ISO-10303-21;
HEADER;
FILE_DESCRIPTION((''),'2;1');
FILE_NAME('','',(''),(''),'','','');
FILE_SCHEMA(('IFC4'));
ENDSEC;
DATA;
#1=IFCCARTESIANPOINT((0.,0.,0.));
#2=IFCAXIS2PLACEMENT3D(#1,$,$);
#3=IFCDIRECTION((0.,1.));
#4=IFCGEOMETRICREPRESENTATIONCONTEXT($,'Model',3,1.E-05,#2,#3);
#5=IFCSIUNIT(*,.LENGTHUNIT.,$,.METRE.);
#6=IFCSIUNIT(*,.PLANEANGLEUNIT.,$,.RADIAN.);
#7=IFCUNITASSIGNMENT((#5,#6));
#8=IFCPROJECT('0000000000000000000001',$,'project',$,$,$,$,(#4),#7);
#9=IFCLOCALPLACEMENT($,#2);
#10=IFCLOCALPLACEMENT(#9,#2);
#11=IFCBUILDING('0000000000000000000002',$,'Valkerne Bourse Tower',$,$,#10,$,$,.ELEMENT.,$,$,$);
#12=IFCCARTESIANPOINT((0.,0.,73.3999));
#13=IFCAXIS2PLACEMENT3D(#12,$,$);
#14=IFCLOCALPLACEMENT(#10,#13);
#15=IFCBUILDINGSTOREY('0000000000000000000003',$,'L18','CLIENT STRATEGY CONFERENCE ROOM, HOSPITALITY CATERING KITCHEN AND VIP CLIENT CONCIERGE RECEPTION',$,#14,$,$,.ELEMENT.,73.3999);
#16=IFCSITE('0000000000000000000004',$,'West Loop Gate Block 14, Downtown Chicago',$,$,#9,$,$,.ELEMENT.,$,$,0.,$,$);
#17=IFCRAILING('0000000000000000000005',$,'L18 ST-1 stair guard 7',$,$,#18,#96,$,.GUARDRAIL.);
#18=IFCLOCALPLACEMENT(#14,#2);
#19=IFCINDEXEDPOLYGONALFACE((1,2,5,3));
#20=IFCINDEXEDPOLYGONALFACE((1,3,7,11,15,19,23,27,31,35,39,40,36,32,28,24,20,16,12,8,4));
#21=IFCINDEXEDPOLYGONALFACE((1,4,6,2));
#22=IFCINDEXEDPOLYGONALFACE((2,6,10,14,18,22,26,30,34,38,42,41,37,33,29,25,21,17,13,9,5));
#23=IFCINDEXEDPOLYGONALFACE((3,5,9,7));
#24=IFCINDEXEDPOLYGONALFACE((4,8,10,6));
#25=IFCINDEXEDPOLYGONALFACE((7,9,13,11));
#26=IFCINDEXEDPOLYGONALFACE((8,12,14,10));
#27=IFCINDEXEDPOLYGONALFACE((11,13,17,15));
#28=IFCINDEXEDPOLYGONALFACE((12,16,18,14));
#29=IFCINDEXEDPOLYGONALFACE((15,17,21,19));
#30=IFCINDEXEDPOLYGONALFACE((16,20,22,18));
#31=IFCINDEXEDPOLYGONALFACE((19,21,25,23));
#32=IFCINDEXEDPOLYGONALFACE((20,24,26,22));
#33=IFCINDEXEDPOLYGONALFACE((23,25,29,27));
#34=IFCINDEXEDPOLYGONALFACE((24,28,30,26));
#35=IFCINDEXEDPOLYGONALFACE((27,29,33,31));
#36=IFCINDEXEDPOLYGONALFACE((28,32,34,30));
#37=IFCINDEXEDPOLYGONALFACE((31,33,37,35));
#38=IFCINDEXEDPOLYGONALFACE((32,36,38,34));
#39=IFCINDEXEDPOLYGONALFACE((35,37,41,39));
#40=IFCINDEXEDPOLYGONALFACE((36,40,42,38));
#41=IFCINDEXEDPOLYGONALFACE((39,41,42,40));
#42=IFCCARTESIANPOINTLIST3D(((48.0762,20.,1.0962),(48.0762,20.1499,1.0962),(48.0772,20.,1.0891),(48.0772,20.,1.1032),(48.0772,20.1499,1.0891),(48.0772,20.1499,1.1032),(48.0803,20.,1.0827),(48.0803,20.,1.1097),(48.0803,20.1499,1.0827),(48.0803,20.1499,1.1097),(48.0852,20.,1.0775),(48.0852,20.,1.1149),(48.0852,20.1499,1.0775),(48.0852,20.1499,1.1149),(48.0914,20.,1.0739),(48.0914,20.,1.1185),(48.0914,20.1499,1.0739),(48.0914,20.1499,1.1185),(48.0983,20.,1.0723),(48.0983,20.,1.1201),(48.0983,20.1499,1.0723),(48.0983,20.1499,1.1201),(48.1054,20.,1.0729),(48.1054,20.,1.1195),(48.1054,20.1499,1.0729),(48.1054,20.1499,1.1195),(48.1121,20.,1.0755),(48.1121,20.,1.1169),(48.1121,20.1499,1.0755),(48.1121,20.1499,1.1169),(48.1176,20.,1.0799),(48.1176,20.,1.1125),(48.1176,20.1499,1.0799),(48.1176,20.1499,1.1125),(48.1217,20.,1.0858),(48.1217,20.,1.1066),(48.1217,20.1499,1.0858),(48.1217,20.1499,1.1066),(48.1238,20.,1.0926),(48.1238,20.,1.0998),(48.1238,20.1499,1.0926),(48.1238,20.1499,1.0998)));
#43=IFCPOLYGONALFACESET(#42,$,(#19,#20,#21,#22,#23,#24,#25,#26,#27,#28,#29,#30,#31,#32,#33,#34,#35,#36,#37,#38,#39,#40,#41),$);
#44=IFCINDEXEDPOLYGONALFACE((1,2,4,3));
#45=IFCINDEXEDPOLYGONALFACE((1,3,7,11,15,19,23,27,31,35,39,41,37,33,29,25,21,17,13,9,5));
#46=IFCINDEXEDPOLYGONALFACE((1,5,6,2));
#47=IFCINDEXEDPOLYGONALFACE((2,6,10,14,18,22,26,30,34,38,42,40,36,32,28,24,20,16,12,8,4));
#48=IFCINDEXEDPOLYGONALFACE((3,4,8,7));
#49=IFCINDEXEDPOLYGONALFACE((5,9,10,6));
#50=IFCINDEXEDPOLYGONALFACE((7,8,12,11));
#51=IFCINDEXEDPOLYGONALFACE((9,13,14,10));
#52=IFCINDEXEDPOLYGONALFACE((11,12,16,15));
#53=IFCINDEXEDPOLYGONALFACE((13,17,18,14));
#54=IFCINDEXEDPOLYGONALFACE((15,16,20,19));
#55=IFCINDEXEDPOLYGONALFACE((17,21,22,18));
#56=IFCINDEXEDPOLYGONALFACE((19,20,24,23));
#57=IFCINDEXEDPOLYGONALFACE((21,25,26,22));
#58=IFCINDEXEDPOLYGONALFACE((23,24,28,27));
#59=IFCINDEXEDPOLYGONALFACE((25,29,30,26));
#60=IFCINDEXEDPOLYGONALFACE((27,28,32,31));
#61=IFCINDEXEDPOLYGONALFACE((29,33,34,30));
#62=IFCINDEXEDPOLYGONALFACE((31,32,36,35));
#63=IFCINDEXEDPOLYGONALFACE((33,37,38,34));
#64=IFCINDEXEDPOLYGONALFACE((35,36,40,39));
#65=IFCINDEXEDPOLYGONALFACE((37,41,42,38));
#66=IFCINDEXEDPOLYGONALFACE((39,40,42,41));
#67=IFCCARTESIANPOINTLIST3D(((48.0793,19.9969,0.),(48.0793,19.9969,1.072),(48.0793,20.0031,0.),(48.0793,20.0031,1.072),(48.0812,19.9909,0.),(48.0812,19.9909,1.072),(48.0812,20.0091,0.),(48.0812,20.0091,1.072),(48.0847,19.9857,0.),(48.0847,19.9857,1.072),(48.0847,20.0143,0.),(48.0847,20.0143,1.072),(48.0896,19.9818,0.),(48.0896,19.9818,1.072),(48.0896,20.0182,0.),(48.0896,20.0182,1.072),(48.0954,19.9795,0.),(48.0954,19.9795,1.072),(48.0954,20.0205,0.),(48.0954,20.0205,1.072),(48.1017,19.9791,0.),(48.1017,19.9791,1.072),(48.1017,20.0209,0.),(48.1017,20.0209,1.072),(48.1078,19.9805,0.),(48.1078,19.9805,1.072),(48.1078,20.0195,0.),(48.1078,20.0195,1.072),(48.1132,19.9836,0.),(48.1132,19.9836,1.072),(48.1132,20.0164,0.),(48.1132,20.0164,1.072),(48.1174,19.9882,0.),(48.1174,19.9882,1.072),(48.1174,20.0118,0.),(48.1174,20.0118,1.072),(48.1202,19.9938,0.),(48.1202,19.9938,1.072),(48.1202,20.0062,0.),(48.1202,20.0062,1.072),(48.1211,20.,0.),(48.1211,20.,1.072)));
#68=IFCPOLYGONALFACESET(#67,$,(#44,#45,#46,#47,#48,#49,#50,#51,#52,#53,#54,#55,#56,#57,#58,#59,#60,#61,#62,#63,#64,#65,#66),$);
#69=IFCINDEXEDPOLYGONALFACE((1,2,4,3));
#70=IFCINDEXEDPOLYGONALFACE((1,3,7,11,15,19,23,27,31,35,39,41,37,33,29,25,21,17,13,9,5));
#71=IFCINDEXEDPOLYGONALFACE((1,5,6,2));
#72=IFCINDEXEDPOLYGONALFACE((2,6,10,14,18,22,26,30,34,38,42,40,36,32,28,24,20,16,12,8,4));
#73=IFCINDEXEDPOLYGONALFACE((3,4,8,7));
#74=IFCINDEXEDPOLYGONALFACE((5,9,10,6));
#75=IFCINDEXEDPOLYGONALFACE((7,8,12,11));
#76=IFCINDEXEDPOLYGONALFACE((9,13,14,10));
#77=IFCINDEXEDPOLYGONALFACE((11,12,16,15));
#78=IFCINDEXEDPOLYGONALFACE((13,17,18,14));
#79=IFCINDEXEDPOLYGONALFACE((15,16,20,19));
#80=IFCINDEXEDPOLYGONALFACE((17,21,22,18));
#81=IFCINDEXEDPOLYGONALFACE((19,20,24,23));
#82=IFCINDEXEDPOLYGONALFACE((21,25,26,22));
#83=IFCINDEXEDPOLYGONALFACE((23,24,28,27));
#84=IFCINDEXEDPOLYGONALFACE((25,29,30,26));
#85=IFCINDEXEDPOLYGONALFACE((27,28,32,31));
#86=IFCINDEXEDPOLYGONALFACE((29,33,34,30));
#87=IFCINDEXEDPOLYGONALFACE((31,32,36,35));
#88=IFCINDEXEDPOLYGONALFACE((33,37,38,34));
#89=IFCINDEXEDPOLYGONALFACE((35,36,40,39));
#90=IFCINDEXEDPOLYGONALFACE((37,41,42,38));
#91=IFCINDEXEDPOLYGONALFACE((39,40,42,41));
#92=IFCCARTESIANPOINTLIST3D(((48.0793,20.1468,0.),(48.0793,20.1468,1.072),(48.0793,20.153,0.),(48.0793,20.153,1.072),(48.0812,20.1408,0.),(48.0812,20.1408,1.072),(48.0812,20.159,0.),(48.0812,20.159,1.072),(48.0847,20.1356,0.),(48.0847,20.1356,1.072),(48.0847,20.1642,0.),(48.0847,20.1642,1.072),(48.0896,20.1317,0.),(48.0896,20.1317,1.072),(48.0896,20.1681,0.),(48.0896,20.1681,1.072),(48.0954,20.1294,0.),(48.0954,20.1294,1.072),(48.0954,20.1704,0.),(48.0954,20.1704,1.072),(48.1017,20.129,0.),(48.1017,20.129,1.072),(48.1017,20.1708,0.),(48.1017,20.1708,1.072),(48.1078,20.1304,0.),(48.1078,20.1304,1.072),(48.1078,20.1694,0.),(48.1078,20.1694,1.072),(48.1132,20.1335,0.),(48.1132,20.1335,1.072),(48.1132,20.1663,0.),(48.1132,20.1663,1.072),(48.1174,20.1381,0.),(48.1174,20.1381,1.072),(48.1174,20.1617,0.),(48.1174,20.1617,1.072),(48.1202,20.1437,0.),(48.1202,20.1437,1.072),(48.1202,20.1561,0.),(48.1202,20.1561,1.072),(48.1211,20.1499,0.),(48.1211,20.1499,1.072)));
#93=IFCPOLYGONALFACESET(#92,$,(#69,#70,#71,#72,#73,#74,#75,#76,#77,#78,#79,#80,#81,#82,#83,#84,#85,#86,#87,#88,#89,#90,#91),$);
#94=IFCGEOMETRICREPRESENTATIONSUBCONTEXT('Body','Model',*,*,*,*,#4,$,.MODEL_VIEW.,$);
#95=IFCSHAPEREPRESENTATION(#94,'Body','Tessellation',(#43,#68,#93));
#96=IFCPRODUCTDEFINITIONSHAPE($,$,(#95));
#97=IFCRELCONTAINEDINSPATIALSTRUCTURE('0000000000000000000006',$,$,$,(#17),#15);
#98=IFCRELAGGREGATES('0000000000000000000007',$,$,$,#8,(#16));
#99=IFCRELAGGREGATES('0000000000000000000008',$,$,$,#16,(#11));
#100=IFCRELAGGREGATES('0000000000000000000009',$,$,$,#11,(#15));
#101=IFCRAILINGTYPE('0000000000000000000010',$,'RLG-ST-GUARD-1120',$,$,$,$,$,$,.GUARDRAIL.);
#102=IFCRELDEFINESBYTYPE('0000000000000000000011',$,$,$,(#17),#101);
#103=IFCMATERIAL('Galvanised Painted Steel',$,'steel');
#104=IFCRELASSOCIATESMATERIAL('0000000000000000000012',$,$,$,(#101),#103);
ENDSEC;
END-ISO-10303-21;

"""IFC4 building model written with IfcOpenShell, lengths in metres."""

from ifc_helpers import new_model, si_unit, direction, frame, origin, origin_2d, place, context, subcontext, project, spatial, circle, extrude, material, type_object, element, save


model = new_model("IFC4")

# Units and contexts
model_context = context("Model", 3, precision=1e-05, world=origin(), true_north=direction((0.0, 1.0)))
body_context = subcontext(model_context, "Body", "Model", "MODEL_VIEW")
ifc_project = project(units=[si_unit("LENGTHUNIT", "METRE"), si_unit("PLANEANGLEUNIT", "RADIAN")], contexts=[model_context])

# Site, building, storey
site_placement = place(None, origin())
site = spatial("IfcSite", under=ifc_project, at=site_placement, Name="West Loop Gate Block 14, Downtown Chicago", CompositionType="ELEMENT", RefElevation=0.0)
building_placement = place(site_placement, origin())
building = spatial("IfcBuilding", under=site, at=building_placement, Name="Valkerne Bourse Tower", CompositionType="ELEMENT")
storey_placement = place(building_placement, frame((0.0, 0.0, 73.3999)))
storey = spatial("IfcBuildingStorey", under=building, at=storey_placement, Name="L18", Description="CLIENT STRATEGY CONFERENCE ROOM, HOSPITALITY CATERING KITCHEN AND VIP CLIENT CONCIERGE RECEPTION", CompositionType="ELEMENT", Elevation=73.3999)

# Shared definitions
ifc_material_1 = material(Name="Galvanised Painted Steel", Category="steel")

# Railing
railing_type_1 = type_object("IfcRailingType", Name="RLG-ST-GUARD-1120", PredefinedType="GUARDRAIL", material=ifc_material_1)
railing_1_placement = place(storey_placement, frame((48.1001, 20.0, 0.0)))
element("IfcRailing", 1, at=railing_1_placement, inside=storey, type_object=railing_type_1, Name="L18 ST-1 stair guard 7", PredefinedType="GUARDRAIL", context=body_context, shape_type="SweptSolid", body=[
    extrude(circle(Radius=0.0239, at=origin_2d()), frame((0.0, 0.0, 1.0962), z_axis=(0.0, 1.0, 0.0), x_axis=(-1.0, 0.0, 0.0)), (0.0, 0.0, 1.0), 0.1499),
    extrude(circle(Radius=0.021, at=origin_2d()), origin(), (0.0, 0.0, 1.0), 1.072),
    extrude(circle(Radius=0.021, at=origin_2d()), frame((0.0, 0.1499, 0.0)), (0.0, 0.0, 1.0), 1.072),
])

save(model, "model.ifc")
